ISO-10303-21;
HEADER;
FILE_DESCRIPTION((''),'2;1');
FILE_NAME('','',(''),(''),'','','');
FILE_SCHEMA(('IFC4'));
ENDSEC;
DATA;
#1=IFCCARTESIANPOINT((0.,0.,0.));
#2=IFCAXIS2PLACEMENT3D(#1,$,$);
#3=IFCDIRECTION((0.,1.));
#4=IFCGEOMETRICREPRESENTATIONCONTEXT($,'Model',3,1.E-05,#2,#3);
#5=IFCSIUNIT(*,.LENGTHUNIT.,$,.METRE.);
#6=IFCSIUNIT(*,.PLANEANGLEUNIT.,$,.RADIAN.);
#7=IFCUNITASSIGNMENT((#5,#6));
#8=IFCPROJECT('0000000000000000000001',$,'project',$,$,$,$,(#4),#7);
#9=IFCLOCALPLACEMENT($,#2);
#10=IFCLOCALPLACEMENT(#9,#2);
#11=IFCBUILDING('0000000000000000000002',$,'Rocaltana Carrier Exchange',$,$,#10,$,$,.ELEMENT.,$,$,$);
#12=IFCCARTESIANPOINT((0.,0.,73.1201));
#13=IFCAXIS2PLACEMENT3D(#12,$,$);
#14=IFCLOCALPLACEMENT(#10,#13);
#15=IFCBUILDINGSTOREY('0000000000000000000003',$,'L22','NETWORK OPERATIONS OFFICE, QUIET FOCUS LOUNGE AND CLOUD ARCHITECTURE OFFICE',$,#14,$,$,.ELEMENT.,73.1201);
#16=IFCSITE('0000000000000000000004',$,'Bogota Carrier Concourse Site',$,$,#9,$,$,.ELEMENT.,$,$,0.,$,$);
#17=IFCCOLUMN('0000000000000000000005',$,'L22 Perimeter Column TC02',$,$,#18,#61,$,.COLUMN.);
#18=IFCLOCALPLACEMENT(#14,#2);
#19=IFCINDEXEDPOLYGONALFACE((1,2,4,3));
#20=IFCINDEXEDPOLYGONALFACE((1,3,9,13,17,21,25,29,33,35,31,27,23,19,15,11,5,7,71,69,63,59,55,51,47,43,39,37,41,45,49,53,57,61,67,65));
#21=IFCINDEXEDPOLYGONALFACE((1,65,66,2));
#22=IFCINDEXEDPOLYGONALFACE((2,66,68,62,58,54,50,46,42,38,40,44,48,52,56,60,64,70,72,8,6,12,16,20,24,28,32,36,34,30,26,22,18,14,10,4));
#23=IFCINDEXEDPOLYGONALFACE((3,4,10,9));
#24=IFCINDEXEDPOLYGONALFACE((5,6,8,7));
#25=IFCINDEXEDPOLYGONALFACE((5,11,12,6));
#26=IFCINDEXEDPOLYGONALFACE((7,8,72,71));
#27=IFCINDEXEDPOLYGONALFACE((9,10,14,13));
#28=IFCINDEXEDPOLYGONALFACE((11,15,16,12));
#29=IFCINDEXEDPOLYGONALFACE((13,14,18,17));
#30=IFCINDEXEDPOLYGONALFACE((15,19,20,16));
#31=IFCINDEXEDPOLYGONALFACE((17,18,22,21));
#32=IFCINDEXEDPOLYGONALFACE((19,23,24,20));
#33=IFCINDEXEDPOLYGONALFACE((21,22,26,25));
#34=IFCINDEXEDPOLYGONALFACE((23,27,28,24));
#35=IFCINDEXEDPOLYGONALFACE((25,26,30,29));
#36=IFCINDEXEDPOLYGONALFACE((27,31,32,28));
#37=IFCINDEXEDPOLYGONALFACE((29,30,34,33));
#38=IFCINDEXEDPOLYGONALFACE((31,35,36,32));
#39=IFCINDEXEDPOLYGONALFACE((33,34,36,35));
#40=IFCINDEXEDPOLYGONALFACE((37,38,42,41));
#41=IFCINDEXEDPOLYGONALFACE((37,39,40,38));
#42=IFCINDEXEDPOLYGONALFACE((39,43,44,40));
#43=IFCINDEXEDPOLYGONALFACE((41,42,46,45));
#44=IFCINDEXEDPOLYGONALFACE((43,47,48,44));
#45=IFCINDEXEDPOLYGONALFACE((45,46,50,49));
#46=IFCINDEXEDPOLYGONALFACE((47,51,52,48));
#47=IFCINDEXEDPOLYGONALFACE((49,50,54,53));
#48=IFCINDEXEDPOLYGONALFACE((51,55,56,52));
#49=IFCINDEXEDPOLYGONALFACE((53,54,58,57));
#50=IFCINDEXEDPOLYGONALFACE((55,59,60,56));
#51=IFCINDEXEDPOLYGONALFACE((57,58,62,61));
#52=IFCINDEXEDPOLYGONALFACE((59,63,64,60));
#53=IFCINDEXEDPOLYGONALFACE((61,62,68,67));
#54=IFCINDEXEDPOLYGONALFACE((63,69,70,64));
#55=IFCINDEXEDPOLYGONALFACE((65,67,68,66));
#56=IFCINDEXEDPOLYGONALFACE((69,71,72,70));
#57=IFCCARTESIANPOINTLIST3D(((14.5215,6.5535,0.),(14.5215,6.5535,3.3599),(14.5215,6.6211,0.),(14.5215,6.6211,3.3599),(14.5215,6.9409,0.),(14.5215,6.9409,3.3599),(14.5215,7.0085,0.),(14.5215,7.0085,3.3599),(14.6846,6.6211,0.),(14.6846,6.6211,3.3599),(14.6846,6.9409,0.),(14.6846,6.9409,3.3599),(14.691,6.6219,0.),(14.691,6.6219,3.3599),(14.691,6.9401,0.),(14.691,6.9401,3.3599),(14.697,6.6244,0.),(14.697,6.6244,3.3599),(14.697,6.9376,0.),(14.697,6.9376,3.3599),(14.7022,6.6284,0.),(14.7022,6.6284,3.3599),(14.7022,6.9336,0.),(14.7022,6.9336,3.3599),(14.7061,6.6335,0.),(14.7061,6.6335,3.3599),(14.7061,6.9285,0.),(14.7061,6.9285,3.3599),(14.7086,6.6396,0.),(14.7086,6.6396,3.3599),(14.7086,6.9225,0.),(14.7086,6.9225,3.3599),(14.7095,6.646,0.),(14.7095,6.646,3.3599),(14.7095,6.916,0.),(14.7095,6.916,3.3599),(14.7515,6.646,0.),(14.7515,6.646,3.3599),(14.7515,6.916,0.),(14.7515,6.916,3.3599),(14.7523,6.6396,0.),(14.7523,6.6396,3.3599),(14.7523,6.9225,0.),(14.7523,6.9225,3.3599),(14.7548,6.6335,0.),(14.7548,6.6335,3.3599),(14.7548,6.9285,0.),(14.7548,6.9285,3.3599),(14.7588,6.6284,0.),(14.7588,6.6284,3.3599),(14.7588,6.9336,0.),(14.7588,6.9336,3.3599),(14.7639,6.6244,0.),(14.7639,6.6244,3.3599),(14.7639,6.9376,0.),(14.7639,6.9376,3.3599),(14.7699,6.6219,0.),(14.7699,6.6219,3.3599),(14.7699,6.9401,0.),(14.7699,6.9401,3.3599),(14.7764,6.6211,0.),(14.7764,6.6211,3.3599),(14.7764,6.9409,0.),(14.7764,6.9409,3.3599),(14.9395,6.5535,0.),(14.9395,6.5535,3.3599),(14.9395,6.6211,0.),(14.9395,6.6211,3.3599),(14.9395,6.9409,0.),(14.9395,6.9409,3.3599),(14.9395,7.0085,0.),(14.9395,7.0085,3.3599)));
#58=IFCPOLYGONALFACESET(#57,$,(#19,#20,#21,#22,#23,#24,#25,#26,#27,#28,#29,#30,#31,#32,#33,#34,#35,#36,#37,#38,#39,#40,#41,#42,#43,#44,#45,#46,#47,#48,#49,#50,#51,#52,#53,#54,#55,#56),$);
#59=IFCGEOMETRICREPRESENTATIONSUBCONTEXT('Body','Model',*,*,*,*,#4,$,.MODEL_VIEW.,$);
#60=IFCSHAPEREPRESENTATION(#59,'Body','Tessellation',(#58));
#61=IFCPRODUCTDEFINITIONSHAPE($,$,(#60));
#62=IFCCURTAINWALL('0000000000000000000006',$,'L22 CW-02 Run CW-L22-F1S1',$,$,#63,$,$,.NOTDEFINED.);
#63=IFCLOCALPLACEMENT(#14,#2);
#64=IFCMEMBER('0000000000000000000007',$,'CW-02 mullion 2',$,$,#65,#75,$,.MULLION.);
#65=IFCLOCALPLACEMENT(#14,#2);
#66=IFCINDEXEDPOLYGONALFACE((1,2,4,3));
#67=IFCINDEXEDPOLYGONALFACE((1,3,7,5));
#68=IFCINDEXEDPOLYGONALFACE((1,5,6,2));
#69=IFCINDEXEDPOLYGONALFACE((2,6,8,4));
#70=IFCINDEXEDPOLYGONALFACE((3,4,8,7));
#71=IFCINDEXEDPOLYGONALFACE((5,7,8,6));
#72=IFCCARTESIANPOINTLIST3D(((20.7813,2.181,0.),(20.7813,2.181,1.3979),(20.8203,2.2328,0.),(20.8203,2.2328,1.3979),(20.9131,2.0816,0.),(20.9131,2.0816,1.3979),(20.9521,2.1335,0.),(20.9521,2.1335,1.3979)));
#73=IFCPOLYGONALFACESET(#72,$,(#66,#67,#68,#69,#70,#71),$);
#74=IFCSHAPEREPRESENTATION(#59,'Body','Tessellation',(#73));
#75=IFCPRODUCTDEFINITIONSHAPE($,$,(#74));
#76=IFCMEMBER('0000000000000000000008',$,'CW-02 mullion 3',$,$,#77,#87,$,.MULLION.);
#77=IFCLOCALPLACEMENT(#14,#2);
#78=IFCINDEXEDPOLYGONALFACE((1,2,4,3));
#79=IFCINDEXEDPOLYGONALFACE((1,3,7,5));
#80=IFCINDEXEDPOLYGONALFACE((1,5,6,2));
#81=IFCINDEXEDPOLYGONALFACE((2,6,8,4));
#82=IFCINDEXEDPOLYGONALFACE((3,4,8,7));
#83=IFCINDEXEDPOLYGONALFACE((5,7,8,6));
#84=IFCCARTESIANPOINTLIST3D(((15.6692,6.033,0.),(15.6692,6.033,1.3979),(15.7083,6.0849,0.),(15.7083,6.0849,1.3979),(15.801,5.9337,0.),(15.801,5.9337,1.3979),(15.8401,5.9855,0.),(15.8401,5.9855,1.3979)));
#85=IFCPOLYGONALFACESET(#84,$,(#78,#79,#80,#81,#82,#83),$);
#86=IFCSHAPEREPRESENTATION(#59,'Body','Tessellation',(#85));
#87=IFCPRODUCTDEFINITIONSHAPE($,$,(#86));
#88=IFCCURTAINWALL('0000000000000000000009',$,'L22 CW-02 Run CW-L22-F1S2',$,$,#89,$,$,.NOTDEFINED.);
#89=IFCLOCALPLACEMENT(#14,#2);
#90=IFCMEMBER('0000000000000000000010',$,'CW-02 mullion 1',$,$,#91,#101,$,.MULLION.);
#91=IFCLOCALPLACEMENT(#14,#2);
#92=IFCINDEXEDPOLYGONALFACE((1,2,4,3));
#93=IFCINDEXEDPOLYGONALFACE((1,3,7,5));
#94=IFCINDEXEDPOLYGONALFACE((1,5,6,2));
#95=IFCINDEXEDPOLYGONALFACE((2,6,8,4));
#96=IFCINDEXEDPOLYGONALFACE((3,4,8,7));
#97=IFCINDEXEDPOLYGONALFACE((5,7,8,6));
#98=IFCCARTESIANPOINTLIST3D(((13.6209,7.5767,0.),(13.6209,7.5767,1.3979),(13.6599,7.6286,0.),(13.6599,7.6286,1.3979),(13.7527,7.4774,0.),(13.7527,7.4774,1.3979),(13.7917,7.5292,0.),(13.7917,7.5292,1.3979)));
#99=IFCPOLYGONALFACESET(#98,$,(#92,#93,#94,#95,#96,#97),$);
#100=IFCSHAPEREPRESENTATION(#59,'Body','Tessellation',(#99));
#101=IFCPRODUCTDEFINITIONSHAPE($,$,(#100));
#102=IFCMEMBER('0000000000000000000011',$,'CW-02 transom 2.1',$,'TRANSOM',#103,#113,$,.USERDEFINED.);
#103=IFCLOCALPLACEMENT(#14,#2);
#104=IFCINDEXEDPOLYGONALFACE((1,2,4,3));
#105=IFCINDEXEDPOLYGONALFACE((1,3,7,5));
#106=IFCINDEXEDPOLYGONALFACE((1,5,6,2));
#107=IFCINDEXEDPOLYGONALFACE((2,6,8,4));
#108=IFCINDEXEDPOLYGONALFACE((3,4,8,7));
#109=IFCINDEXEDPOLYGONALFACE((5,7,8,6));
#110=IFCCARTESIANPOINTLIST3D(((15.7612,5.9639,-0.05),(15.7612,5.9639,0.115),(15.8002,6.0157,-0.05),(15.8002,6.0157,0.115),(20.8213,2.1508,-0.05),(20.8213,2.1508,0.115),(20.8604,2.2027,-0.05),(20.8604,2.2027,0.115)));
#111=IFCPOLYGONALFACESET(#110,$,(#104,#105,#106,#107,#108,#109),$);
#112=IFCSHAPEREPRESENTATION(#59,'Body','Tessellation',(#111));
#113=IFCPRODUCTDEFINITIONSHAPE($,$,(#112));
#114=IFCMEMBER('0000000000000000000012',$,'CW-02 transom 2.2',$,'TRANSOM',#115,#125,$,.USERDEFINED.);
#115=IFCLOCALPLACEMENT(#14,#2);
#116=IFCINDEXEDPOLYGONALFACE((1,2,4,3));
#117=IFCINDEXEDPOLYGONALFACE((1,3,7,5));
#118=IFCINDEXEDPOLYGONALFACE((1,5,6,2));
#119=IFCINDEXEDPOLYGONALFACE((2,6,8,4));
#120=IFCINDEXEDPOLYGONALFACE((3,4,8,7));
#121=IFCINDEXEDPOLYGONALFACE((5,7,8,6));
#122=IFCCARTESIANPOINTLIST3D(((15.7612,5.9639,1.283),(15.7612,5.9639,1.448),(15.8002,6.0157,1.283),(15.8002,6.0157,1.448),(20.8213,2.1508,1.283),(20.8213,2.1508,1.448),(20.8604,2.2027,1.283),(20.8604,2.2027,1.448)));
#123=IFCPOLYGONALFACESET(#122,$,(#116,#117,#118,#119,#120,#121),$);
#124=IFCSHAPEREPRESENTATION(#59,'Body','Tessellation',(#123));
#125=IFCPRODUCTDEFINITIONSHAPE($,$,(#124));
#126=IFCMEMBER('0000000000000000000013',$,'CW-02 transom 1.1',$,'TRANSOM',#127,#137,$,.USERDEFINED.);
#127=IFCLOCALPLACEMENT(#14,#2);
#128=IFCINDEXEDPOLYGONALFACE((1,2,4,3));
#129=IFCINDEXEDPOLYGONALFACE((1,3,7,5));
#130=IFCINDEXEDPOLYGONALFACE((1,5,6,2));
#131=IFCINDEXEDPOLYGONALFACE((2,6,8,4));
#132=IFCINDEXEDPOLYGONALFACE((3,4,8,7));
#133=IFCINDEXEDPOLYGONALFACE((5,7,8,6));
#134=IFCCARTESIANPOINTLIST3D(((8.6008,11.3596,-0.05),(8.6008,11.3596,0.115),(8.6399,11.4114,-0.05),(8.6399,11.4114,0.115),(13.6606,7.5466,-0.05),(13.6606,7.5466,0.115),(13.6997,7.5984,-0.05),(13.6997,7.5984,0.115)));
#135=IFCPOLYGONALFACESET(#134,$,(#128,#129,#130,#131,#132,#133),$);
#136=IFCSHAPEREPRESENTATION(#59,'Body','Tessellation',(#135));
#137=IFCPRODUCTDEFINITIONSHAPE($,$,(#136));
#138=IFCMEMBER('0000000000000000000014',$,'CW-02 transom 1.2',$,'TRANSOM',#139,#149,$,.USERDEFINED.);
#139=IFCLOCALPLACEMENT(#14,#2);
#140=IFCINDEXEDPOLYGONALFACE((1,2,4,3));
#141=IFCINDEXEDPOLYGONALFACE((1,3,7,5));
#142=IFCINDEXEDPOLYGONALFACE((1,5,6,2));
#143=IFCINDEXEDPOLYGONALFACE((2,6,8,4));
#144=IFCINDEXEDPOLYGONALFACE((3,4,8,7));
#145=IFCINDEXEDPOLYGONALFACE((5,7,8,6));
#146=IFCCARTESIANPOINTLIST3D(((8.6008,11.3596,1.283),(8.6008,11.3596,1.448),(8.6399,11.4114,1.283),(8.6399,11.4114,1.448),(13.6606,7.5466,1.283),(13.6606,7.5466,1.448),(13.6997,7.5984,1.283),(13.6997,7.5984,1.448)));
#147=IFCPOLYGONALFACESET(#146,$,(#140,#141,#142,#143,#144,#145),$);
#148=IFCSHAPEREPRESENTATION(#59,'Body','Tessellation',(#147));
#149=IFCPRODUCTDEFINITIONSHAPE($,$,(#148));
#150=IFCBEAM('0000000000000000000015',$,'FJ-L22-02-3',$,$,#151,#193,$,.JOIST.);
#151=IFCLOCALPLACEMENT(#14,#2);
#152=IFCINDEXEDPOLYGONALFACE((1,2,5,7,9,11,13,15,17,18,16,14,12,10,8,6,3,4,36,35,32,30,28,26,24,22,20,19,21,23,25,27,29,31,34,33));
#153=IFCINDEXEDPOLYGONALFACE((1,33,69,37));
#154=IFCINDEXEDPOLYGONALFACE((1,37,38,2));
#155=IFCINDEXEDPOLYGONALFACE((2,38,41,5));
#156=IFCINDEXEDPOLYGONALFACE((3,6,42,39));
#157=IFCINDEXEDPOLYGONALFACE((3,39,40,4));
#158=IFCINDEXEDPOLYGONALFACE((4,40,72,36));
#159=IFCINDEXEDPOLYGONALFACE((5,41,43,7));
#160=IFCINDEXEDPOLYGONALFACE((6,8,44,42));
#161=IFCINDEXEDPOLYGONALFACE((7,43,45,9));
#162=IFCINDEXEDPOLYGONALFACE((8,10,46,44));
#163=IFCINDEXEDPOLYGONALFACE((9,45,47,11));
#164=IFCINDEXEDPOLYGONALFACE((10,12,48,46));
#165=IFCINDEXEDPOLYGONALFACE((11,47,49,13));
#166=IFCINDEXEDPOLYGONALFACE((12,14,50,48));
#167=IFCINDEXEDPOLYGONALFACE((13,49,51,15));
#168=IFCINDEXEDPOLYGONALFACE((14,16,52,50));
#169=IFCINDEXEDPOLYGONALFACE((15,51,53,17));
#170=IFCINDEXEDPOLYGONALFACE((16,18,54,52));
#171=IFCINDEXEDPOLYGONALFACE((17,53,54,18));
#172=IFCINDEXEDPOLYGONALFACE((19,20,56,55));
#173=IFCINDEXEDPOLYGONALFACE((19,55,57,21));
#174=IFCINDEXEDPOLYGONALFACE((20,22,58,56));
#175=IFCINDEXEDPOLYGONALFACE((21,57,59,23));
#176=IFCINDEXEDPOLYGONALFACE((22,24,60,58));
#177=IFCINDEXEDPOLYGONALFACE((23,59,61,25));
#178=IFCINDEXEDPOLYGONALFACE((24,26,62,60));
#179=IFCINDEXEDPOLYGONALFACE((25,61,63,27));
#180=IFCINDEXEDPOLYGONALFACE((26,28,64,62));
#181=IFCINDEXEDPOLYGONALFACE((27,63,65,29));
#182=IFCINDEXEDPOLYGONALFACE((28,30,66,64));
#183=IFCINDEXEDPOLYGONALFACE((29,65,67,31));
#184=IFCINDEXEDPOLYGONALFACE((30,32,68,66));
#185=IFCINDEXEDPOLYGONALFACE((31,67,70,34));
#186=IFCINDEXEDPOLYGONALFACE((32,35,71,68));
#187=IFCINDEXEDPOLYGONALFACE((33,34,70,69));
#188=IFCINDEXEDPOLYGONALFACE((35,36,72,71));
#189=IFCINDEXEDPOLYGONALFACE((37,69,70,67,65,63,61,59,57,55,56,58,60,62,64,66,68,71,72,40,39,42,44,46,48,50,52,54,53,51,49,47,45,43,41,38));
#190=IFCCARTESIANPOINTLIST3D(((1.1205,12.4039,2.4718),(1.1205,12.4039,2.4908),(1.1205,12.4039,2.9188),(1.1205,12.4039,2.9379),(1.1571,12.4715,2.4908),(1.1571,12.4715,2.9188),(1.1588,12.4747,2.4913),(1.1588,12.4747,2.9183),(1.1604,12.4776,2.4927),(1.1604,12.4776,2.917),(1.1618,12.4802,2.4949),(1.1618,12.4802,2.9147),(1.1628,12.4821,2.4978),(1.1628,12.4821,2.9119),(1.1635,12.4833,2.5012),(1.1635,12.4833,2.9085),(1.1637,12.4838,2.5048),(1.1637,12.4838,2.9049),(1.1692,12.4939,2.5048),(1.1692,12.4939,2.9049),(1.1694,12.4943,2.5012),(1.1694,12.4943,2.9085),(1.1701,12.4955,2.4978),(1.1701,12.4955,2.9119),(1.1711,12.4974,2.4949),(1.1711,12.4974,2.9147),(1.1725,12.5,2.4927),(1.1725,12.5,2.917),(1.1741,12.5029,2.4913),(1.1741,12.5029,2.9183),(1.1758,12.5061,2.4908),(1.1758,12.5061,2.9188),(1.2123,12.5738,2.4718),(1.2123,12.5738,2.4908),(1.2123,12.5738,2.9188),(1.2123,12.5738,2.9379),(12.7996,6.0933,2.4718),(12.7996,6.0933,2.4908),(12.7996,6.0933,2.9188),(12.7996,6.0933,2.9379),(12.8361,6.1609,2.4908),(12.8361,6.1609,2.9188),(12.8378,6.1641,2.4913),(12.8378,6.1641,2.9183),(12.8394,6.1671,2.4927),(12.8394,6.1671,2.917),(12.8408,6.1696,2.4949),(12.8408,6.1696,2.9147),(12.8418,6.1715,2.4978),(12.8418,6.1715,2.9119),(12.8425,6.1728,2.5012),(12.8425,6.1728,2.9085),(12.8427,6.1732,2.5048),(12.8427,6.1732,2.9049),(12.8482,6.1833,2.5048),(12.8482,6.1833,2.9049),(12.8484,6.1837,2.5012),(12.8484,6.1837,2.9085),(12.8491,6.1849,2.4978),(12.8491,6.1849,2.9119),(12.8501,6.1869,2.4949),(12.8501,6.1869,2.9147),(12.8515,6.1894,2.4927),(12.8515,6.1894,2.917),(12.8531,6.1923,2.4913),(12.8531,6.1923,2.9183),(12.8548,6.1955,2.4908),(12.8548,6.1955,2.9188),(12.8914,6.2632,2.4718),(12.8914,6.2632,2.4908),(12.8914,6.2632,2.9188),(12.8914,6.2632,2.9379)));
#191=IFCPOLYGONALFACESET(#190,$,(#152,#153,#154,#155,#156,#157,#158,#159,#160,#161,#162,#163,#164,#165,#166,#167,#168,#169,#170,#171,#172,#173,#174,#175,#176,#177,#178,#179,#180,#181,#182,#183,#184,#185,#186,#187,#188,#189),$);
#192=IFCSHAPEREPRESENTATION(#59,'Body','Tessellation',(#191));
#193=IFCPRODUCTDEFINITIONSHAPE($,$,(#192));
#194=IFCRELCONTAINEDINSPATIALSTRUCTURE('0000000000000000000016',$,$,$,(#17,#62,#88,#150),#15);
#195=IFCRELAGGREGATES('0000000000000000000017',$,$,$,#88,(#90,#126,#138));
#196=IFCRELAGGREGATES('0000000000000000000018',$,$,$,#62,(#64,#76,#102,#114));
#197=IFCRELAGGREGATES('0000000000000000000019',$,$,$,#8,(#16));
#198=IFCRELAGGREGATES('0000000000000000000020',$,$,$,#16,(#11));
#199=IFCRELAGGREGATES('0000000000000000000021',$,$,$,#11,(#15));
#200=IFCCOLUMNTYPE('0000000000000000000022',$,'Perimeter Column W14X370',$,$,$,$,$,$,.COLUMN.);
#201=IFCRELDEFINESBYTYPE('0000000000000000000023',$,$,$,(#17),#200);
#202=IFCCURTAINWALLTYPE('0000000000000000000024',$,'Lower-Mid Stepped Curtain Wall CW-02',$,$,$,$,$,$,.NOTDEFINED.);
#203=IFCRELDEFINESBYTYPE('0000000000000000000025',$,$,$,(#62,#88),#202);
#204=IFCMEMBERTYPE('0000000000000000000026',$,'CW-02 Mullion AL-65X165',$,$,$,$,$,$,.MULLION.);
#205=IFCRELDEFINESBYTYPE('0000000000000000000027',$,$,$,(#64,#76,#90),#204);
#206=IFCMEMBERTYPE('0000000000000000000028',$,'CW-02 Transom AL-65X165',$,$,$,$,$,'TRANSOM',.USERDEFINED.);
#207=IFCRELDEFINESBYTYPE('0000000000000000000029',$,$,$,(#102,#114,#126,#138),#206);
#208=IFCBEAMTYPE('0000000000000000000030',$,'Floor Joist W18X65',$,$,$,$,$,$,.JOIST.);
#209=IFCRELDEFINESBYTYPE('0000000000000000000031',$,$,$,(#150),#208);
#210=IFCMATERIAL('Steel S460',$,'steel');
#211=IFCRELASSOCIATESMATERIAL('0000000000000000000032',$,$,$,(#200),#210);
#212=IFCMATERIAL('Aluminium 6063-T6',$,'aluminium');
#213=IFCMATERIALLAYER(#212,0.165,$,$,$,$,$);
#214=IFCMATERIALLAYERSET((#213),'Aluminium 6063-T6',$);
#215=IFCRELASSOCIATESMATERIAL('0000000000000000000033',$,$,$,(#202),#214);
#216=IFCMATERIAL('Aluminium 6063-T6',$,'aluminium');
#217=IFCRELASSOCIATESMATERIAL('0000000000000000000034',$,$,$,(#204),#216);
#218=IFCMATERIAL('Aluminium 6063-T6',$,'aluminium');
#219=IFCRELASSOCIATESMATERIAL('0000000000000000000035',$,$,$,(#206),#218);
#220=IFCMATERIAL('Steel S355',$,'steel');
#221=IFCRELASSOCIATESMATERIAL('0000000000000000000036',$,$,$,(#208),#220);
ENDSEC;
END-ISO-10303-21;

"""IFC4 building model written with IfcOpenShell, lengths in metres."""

from ifc_helpers import new_model, si_unit, direction, frame, origin, origin_2d, place, context, subcontext, project, spatial, rectangle, i_section, extrude, material, layer, layer_set, material_profile, profile_set, type_object, element, aggregate, save


model = new_model("IFC4")

# Units and contexts
model_context = context("Model", 3, precision=1e-05, world=origin(), true_north=direction((0.0, 1.0)))
body_context = subcontext(model_context, "Body", "Model", "MODEL_VIEW")
ifc_project = project(units=[si_unit("LENGTHUNIT", "METRE"), si_unit("PLANEANGLEUNIT", "RADIAN")], contexts=[model_context])

# Site, building, storey
site_placement = place(None, origin())
site = spatial("IfcSite", under=ifc_project, at=site_placement, Name="Bogota Carrier Concourse Site", CompositionType="ELEMENT", RefElevation=0.0)
building_placement = place(site_placement, origin())
building = spatial("IfcBuilding", under=site, at=building_placement, Name="Rocaltana Carrier Exchange", CompositionType="ELEMENT")
storey_placement = place(building_placement, frame((0.0, 0.0, 73.1201)))
storey = spatial("IfcBuildingStorey", under=building, at=storey_placement, Name="L22", Description="NETWORK OPERATIONS OFFICE, QUIET FOCUS LOUNGE AND CLOUD ARCHITECTURE OFFICE", CompositionType="ELEMENT", Elevation=73.1201)

# Column
ifc_material_1 = material(Name="Steel S460", Category="steel")
ifc_material_profile_1 = material_profile(ifc_material_1, i_section(OverallWidth=0.418, OverallDepth=0.4551, WebThickness=0.042, FlangeThickness=0.0676, FilletRadius=0.0249, at=origin_2d()), Name="W14X370")
ifc_profile_set_1 = profile_set([ifc_material_profile_1], Name="Steel S460")
column_type = type_object("IfcColumnType", Name="Perimeter Column W14X370", PredefinedType="COLUMN", material=ifc_profile_set_1)
column_placement = place(storey_placement, frame((14.7305, 6.781, 0.0), z_axis=(0.0, 0.0, 1.0), x_axis=(1.0, 0.0, 0.0)))
element("IfcColumn", 1, at=column_placement, inside=storey, type_object=column_type, Name="L22 Perimeter Column TC02", PredefinedType="COLUMN", context=body_context, shape_type="SweptSolid", body=[
    extrude(i_section(OverallWidth=0.418, OverallDepth=0.4551, WebThickness=0.042, FlangeThickness=0.0676, FilletRadius=0.0249, at=origin_2d()), origin(), (0.0, 0.0, 1.0), 3.3599),
])

# Curtain wall, members
ifc_material_2 = material(Name="Aluminium 6063-T6", Category="aluminium")
ifc_layer_1 = layer(ifc_material_2, 0.165)
ifc_layer_set_1 = layer_set([ifc_layer_1], Name="Aluminium 6063-T6")
curtain_wall_type = type_object("IfcCurtainWallType", Name="Lower-Mid Stepped Curtain Wall CW-02", PredefinedType="NOTDEFINED", material=ifc_layer_set_1)
curtain_wall_1_placement = place(storey_placement, origin())
curtain_wall_1 = element("IfcCurtainWall", 2, at=curtain_wall_1_placement, inside=storey, type_object=curtain_wall_type, Name="L22 CW-02 Run CW-L22-F1S1", PredefinedType="NOTDEFINED")
ifc_material_3 = material(Name="Aluminium 6063-T6", Category="aluminium")
ifc_material_profile_2 = material_profile(ifc_material_3, rectangle(XDim=0.0649, YDim=0.165, at=origin_2d()), Name="AL-65X165")
ifc_profile_set_2 = profile_set([ifc_material_profile_2], Name="Aluminium 6063-T6")
member_type_1 = type_object("IfcMemberType", Name="CW-02 Mullion AL-65X165", PredefinedType="MULLION", material=ifc_profile_set_2)
member_1_placement = place(storey_placement, frame((20.8667, 2.1572, 0.0), z_axis=(0.0, 0.0, 1.0), x_axis=(-0.601807, -0.798642, 0.0)))
member_1 = element("IfcMember", 3, at=member_1_placement, type_object=member_type_1, Name="CW-02 mullion 2", PredefinedType="MULLION", context=body_context, shape_type="SweptSolid", body=[
    extrude(rectangle(XDim=0.0649, YDim=0.165, at=origin_2d()), origin(), (0.0, 0.0, 1.0), 1.3979),
])
member_2_placement = place(storey_placement, frame((15.7546, 6.0093, 0.0), z_axis=(0.0, 0.0, 1.0), x_axis=(-0.601807, -0.798642, 0.0)))
member_2 = element("IfcMember", 4, at=member_2_placement, type_object=member_type_1, Name="CW-02 mullion 3", PredefinedType="MULLION", context=body_context, shape_type="SweptSolid", body=[
    extrude(rectangle(XDim=0.0649, YDim=0.165, at=origin_2d()), origin(), (0.0, 0.0, 1.0), 1.3979),
])

# Curtain wall, member
curtain_wall_2_placement = place(storey_placement, origin())
curtain_wall_2 = element("IfcCurtainWall", 5, at=curtain_wall_2_placement, inside=storey, type_object=curtain_wall_type, Name="L22 CW-02 Run CW-L22-F1S2", PredefinedType="NOTDEFINED")
member_3_placement = place(storey_placement, frame((13.7063, 7.553, 0.0), z_axis=(0.0, 0.0, 1.0), x_axis=(-0.601815, -0.798635, 0.0)))
member_3 = element("IfcMember", 6, at=member_3_placement, type_object=member_type_1, Name="CW-02 mullion 1", PredefinedType="MULLION", context=body_context, shape_type="SweptSolid", body=[
    extrude(rectangle(XDim=0.0649, YDim=0.165, at=origin_2d()), origin(), (0.0, 0.0, 1.0), 1.3979),
])

# Members
ifc_material_4 = material(Name="Aluminium 6063-T6", Category="aluminium")
ifc_material_profile_3 = material_profile(ifc_material_4, rectangle(XDim=0.0649, YDim=0.165, at=origin_2d()), Name="AL-65X165")
ifc_profile_set_3 = profile_set([ifc_material_profile_3], Name="Aluminium 6063-T6")
member_type_2 = type_object("IfcMemberType", Name="CW-02 Transom AL-65X165", ElementType="TRANSOM", PredefinedType="USERDEFINED", material=ifc_profile_set_3)
member_4_placement = place(storey_placement, frame((20.8408, 2.1768, 0.0325), z_axis=(-0.798638, 0.601811, 0.0), x_axis=(-0.601811, -0.798638, 0.0)))
member_4 = element("IfcMember", 7, at=member_4_placement, type_object=member_type_2, Name="CW-02 transom 2.1", ObjectType="TRANSOM", PredefinedType="USERDEFINED", context=body_context, shape_type="SweptSolid", body=[
    extrude(rectangle(XDim=0.0649, YDim=0.165, at=origin_2d()), origin(), (0.0, 0.0, 1.0), 6.3359),
])
member_5_placement = place(storey_placement, frame((20.8408, 2.1768, 1.3655), z_axis=(-0.798638, 0.601811, 0.0), x_axis=(-0.601811, -0.798638, 0.0)))
member_5 = element("IfcMember", 8, at=member_5_placement, type_object=member_type_2, Name="CW-02 transom 2.2", ObjectType="TRANSOM", PredefinedType="USERDEFINED", context=body_context, shape_type="SweptSolid", body=[
    extrude(rectangle(XDim=0.0649, YDim=0.165, at=origin_2d()), origin(), (0.0, 0.0, 1.0), 6.3359),
])
member_6_placement = place(storey_placement, frame((13.6802, 7.5725, 0.0325), z_axis=(-0.798625, 0.60183, 0.0), x_axis=(-0.60183, -0.798625, 0.0)))
member_6 = element("IfcMember", 9, at=member_6_placement, type_object=member_type_2, Name="CW-02 transom 1.1", ObjectType="TRANSOM", PredefinedType="USERDEFINED", context=body_context, shape_type="SweptSolid", body=[
    extrude(rectangle(XDim=0.0649, YDim=0.165, at=origin_2d()), origin(), (0.0, 0.0, 1.0), 6.3357),
])
member_7_placement = place(storey_placement, frame((13.6802, 7.5725, 1.3655), z_axis=(-0.798625, 0.60183, 0.0), x_axis=(-0.60183, -0.798625, 0.0)))
member_7 = element("IfcMember", 10, at=member_7_placement, type_object=member_type_2, Name="CW-02 transom 1.2", ObjectType="TRANSOM", PredefinedType="USERDEFINED", context=body_context, shape_type="SweptSolid", body=[
    extrude(rectangle(XDim=0.0649, YDim=0.165, at=origin_2d()), origin(), (0.0, 0.0, 1.0), 6.3357),
])
aggregate(curtain_wall_2, [member_3, member_6, member_7])

# Beam
ifc_material_5 = material(Name="Steel S355", Category="steel")
ifc_material_profile_4 = material_profile(ifc_material_5, i_section(OverallWidth=0.1931, OverallDepth=0.4661, WebThickness=0.0115, FlangeThickness=0.019, FilletRadius=0.0139, at=origin_2d()), Name="W18X65")
ifc_profile_set_4 = profile_set([ifc_material_profile_4], Name="Steel S355")
beam_type_1 = type_object("IfcBeamType", Name="Floor Joist W18X65", PredefinedType="JOIST", material=ifc_profile_set_4)
beam_1_placement = place(storey_placement, frame((12.8455, 6.1782, 2.7048), z_axis=(-0.879782, 0.475377, 0.0), x_axis=(-0.475377, -0.879782, 0.0)))
element("IfcBeam", 11, at=beam_1_placement, inside=storey, type_object=beam_type_1, Name="FJ-L22-02-3", PredefinedType="JOIST", context=body_context, shape_type="SweptSolid", body=[
    extrude(i_section(OverallWidth=0.1931, OverallDepth=0.4661, WebThickness=0.0115, FlangeThickness=0.019, FilletRadius=0.0139, at=origin_2d()), origin(), (0.0, 0.0, 1.0), 13.2749),
])

aggregate(curtain_wall_1, [member_1, member_2, member_4, member_5])

save(model, "model.ifc")
